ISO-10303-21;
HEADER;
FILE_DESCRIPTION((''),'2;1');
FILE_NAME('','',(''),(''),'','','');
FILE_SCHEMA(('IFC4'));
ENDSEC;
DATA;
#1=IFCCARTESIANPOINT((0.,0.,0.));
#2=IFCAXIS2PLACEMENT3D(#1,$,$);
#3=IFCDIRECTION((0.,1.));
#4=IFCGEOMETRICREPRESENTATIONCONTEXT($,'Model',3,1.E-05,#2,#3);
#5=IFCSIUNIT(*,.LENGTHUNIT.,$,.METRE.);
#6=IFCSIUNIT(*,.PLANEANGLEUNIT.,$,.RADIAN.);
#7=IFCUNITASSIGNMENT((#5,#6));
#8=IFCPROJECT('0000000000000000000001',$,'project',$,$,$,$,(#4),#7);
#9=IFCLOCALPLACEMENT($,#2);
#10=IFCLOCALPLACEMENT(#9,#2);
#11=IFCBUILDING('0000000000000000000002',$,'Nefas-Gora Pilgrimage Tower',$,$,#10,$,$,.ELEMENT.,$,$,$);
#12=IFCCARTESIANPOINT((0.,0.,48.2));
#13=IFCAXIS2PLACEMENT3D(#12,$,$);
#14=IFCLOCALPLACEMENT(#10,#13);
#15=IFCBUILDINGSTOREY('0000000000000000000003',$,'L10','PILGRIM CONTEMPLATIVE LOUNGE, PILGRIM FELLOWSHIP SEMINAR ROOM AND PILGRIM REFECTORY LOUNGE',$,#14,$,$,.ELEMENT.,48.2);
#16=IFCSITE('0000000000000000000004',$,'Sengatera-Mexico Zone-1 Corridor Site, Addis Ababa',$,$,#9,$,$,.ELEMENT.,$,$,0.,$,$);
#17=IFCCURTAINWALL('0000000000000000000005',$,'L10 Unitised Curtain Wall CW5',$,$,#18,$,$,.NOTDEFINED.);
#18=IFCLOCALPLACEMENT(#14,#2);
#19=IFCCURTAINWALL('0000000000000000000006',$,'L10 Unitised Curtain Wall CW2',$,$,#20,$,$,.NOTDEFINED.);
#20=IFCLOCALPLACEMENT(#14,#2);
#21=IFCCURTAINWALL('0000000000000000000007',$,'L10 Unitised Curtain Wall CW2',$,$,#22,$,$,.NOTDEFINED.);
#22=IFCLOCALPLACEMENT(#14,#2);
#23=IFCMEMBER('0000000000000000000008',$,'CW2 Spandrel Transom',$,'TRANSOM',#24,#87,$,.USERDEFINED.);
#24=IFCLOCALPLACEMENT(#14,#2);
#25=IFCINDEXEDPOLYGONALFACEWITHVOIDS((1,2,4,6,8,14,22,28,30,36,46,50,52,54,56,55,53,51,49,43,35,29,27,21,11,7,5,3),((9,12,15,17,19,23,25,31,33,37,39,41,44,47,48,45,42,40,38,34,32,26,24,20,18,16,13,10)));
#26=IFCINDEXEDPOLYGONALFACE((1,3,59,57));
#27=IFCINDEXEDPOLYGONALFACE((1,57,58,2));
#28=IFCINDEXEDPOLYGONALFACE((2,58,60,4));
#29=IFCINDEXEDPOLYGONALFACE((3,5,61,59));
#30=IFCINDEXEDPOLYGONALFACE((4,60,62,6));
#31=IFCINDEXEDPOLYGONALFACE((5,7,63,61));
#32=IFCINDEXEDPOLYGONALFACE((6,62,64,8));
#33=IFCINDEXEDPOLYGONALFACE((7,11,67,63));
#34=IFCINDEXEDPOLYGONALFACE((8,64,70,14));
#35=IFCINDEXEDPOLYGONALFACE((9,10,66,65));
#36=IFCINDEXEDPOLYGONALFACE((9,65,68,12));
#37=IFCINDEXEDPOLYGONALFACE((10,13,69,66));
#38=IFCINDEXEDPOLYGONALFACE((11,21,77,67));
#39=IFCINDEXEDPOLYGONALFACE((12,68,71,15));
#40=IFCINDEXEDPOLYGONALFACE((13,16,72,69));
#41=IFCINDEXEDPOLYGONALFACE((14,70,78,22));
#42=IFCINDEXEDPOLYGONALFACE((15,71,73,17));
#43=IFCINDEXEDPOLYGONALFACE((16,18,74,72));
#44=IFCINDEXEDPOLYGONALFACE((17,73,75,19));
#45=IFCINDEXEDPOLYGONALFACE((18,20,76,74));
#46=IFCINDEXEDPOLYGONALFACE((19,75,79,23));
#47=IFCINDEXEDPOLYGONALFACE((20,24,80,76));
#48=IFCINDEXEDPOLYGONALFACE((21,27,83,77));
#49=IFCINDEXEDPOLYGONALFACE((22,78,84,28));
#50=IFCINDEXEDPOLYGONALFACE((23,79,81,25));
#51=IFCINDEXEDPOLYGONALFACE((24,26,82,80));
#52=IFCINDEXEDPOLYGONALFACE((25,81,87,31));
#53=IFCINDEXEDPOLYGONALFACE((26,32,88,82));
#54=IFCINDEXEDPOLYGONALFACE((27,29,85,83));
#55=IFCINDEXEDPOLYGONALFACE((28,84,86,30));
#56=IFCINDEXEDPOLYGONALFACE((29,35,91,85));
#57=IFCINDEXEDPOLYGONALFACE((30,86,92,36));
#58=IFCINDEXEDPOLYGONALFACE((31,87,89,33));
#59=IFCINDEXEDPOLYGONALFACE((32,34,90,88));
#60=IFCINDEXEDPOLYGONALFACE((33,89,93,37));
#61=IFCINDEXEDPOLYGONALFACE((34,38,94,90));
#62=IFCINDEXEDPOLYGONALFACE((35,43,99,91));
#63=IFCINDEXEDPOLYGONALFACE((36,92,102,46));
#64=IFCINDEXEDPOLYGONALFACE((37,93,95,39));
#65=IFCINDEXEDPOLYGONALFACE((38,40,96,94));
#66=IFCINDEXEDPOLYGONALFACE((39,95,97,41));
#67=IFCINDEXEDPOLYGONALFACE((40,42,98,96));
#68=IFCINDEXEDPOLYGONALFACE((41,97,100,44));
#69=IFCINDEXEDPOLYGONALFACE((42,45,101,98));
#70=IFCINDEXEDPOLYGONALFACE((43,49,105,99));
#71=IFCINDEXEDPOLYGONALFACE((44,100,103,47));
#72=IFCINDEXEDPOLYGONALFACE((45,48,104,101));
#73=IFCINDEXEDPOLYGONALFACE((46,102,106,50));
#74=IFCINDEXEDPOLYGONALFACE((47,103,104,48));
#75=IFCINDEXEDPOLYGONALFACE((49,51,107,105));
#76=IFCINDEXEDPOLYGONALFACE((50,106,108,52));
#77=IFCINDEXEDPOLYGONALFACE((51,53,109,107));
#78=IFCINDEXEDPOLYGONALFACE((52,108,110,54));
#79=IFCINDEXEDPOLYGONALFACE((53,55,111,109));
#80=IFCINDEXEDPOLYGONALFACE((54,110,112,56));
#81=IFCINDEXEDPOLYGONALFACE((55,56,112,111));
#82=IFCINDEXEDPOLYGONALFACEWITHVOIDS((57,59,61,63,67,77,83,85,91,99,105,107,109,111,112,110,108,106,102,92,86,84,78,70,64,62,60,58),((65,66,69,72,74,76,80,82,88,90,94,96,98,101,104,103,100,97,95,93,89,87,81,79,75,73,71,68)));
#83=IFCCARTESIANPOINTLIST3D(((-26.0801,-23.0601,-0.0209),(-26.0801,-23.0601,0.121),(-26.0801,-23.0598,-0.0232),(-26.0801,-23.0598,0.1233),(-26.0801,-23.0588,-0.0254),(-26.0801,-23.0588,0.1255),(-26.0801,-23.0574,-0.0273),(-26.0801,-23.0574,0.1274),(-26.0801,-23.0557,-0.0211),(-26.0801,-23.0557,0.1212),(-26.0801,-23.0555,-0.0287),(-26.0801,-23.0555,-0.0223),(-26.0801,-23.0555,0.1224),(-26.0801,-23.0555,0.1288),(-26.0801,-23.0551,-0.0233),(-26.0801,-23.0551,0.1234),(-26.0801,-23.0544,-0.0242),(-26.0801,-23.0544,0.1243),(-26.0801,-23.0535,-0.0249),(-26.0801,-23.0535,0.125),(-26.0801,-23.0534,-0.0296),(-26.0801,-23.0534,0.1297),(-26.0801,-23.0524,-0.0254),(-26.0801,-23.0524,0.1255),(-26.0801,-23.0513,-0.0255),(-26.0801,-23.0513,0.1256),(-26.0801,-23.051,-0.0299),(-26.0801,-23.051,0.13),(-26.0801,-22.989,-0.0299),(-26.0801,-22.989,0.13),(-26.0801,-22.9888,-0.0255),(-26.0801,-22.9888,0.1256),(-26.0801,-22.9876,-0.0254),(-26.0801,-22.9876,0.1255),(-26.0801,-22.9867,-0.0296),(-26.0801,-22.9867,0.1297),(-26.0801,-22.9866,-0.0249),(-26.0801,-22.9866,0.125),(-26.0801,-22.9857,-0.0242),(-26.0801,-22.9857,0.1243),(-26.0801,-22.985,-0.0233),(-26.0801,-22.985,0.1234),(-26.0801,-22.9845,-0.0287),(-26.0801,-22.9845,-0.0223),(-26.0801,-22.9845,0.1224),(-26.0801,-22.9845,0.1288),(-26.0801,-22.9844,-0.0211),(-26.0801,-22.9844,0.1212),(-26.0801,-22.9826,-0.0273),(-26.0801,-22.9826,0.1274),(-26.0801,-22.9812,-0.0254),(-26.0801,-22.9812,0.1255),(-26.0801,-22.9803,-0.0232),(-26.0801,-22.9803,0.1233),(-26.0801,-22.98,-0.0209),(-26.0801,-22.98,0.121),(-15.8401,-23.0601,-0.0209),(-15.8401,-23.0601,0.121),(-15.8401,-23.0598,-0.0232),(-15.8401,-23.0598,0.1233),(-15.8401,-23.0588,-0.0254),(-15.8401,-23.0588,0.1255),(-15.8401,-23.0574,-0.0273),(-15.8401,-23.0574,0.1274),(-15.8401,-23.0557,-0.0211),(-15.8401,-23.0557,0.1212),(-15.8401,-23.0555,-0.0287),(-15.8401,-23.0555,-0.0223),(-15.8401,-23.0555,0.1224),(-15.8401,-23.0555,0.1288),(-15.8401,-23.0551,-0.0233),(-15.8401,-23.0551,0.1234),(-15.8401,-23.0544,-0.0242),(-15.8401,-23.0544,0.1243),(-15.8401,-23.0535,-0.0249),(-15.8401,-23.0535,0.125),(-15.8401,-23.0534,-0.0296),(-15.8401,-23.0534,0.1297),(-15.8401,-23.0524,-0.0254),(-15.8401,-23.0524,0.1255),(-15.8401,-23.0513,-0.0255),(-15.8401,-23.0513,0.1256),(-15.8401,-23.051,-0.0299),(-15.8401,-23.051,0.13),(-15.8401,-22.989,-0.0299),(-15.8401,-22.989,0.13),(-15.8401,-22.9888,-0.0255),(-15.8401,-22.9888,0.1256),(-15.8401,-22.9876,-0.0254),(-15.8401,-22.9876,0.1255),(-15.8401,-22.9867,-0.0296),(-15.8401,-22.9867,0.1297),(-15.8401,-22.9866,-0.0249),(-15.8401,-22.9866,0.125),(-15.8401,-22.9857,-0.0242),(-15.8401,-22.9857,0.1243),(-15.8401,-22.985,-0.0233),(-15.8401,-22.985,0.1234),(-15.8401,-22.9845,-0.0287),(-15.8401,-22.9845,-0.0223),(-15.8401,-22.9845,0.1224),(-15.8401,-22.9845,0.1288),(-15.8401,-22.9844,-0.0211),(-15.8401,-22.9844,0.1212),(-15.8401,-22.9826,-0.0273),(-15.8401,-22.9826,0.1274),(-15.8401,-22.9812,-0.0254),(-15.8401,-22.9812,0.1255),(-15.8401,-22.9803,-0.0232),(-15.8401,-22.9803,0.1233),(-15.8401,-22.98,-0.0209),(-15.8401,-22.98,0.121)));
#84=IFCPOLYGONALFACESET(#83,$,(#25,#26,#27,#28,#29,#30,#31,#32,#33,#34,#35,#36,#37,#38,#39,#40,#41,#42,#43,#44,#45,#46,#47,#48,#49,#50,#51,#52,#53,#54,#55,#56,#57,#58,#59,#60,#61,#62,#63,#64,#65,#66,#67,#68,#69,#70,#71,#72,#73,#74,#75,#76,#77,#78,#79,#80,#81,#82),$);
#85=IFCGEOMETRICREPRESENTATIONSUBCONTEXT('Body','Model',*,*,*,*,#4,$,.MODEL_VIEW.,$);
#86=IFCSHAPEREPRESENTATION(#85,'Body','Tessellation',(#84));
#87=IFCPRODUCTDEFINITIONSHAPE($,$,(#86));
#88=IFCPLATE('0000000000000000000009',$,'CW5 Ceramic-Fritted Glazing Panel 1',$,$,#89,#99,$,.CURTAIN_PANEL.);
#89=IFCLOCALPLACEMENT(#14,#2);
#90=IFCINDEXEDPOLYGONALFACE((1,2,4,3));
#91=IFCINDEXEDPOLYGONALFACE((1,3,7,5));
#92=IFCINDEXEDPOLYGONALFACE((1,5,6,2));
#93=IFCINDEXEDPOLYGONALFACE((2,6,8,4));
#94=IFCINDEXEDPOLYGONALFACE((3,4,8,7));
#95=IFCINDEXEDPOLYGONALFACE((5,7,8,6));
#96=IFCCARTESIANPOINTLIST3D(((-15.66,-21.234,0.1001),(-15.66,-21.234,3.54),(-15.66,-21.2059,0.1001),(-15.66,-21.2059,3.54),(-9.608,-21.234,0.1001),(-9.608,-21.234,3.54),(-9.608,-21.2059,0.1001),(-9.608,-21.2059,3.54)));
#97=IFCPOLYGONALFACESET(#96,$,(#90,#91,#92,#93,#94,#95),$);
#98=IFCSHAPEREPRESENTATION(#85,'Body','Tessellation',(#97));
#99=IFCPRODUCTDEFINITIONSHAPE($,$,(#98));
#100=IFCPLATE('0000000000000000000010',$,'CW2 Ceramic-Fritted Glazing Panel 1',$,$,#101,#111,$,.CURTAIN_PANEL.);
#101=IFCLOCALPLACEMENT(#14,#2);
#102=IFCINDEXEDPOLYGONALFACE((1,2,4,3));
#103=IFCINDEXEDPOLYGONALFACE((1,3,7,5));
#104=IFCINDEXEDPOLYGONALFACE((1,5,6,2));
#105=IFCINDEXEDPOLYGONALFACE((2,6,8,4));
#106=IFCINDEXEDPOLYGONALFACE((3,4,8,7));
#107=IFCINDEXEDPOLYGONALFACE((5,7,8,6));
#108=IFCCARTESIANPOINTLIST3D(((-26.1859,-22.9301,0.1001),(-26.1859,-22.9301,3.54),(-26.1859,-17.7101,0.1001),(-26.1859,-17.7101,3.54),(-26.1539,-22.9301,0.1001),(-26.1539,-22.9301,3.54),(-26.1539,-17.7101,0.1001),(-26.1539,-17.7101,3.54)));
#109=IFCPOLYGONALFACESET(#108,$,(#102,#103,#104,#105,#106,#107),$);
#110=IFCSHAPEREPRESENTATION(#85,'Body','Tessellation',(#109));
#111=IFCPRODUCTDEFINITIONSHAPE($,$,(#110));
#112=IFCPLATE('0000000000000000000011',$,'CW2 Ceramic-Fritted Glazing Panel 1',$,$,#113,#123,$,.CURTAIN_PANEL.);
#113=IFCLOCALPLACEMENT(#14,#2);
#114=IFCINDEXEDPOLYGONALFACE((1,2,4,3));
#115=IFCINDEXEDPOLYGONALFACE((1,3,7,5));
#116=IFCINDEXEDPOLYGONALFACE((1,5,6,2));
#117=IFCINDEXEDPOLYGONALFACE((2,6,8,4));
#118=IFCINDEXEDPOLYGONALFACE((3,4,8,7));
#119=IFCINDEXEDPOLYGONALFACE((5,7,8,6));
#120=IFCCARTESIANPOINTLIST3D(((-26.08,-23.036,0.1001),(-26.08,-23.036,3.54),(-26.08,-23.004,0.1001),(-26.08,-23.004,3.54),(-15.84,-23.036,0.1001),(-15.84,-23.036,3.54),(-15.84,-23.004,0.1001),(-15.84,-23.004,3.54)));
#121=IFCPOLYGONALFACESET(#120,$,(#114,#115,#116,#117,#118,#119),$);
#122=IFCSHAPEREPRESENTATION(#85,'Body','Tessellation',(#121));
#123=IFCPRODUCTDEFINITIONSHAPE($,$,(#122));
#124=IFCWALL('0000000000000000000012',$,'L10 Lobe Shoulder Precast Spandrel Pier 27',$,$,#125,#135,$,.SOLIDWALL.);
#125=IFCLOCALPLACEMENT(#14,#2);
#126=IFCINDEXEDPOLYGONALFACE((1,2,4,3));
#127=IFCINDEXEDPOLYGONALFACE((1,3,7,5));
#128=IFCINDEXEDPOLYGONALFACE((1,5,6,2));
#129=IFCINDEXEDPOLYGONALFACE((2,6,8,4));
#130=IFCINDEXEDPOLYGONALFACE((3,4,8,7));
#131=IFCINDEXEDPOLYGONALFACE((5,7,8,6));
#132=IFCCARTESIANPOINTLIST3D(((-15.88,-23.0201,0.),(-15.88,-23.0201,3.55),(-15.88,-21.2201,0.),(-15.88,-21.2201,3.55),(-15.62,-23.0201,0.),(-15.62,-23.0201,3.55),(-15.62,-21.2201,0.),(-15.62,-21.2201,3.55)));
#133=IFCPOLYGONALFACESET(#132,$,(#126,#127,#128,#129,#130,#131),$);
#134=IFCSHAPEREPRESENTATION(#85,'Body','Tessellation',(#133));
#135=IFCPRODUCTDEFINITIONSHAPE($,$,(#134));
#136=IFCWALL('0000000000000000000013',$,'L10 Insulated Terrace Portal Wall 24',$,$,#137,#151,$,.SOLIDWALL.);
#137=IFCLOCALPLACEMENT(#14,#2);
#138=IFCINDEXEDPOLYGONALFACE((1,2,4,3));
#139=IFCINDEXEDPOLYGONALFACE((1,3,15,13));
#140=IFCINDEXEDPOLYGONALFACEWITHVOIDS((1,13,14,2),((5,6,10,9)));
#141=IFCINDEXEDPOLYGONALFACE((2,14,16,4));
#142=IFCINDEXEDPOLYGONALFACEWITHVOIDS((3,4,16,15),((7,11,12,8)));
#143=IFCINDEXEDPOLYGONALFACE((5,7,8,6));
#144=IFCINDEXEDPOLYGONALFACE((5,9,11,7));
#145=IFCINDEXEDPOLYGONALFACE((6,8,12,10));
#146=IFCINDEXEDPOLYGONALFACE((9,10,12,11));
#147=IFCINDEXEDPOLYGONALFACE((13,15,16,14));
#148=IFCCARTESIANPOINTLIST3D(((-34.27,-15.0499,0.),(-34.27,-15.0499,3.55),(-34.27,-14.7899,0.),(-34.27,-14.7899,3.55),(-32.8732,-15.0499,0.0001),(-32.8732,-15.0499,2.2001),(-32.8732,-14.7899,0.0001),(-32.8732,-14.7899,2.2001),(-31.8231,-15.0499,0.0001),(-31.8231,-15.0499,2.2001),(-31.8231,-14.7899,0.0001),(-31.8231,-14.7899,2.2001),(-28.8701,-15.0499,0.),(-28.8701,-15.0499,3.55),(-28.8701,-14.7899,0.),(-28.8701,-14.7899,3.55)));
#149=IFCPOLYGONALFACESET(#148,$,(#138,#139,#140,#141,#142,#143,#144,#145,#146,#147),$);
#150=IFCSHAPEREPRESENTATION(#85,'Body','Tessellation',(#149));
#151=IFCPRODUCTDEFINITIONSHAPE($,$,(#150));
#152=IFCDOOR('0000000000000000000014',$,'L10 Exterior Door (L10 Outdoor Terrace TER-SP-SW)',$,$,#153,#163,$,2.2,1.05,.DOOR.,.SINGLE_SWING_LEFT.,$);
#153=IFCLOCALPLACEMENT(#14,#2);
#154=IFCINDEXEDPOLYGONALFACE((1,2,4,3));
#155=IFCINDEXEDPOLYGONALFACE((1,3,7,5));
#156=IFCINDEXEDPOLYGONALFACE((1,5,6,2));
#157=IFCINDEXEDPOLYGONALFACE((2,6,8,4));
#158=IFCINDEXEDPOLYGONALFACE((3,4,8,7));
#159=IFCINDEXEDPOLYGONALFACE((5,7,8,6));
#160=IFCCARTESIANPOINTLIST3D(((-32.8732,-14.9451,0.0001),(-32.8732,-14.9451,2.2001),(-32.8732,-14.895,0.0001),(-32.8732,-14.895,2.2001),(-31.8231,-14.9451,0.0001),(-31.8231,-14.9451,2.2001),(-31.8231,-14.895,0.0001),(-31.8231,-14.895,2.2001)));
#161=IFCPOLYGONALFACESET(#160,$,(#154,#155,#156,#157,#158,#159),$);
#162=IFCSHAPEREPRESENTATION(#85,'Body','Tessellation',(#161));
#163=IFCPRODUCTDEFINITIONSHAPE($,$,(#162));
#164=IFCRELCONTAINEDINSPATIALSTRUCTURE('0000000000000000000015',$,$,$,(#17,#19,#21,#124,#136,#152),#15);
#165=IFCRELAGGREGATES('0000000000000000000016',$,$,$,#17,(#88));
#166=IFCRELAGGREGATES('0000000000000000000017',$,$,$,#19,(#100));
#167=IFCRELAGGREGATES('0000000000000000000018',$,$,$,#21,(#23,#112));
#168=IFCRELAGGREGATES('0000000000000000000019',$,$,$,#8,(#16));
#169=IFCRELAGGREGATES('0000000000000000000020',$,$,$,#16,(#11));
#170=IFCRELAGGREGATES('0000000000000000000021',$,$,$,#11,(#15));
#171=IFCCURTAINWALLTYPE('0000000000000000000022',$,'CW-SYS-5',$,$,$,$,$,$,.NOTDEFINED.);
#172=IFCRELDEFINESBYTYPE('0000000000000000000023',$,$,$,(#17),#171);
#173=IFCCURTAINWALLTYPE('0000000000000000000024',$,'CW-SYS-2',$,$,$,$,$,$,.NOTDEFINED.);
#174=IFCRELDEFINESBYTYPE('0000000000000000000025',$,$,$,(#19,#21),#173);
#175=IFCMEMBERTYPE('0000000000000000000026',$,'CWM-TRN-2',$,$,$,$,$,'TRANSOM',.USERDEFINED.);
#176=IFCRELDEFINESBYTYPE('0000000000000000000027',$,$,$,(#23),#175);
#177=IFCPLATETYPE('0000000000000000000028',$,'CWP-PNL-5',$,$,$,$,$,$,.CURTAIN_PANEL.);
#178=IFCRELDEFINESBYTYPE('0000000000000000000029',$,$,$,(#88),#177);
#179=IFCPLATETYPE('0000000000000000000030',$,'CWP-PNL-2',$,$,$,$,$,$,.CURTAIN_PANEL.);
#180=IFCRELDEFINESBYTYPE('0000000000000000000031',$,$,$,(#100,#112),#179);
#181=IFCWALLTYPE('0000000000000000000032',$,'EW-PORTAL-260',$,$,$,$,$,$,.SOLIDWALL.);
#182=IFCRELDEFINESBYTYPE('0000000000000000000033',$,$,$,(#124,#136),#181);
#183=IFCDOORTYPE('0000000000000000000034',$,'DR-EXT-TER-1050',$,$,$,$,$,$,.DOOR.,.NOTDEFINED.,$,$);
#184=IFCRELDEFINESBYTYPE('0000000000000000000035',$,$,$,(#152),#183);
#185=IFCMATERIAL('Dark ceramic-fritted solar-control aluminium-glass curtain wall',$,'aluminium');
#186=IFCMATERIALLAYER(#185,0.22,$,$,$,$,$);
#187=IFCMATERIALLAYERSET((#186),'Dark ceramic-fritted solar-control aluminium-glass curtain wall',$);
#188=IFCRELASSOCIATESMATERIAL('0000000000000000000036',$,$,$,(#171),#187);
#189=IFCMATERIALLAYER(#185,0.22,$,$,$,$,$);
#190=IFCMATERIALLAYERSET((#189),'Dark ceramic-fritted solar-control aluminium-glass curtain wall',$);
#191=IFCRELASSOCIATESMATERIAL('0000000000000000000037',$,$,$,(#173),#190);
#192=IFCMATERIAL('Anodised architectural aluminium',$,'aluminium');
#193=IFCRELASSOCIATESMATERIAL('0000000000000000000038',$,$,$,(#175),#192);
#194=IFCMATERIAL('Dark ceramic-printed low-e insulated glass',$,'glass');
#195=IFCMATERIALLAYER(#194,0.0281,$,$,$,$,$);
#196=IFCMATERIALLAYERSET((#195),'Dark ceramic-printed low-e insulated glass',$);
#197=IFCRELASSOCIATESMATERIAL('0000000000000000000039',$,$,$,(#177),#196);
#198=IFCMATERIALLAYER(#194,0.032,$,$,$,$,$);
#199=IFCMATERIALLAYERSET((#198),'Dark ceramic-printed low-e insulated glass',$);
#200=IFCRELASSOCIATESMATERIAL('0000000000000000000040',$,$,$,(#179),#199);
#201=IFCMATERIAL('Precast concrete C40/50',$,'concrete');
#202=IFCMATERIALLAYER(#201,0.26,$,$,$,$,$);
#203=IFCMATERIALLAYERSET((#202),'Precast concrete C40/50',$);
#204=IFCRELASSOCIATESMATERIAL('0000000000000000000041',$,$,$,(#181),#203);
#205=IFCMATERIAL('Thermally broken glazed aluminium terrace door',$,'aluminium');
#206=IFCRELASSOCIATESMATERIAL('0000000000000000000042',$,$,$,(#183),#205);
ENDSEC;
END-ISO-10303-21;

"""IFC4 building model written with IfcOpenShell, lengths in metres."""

from ifc_helpers import new_model, si_unit, direction, frame, frame_2d, origin, origin_2d, place, context, subcontext, project, spatial, rectangle, hollow_rectangle, extrude, source, transform, mapped, material, layer, layer_set, material_profile, profile_set, type_object, element, fill, aggregate, save


model = new_model("IFC4")

# Units and contexts
model_context = context("Model", 3, precision=1e-05, world=origin(), true_north=direction((0.0, 1.0)))
body_context = subcontext(model_context, "Body", "Model", "MODEL_VIEW")
ifc_project = project(units=[si_unit("LENGTHUNIT", "METRE"), si_unit("PLANEANGLEUNIT", "RADIAN")], contexts=[model_context])

# Site, building, storey
site_placement = place(None, origin())
site = spatial("IfcSite", under=ifc_project, at=site_placement, Name="Sengatera-Mexico Zone-1 Corridor Site, Addis Ababa", CompositionType="ELEMENT", RefElevation=0.0)
building_placement = place(site_placement, origin())
building = spatial("IfcBuilding", under=site, at=building_placement, Name="Nefas-Gora Pilgrimage Tower", CompositionType="ELEMENT")
storey_placement = place(building_placement, frame((0.0, 0.0, 48.2)))
storey = spatial("IfcBuildingStorey", under=building, at=storey_placement, Name="L10", Description="PILGRIM CONTEMPLATIVE LOUNGE, PILGRIM FELLOWSHIP SEMINAR ROOM AND PILGRIM REFECTORY LOUNGE", CompositionType="ELEMENT", Elevation=48.2)

# Curtain wall
ifc_material_1 = material(Name="Dark ceramic-fritted solar-control aluminium-glass curtain wall", Category="aluminium")
ifc_layer_1 = layer(ifc_material_1, 0.22)
ifc_layer_set_1 = layer_set([ifc_layer_1], Name="Dark ceramic-fritted solar-control aluminium-glass curtain wall")
curtain_wall_type_1 = type_object("IfcCurtainWallType", Name="CW-SYS-5", PredefinedType="NOTDEFINED", material=ifc_layer_set_1)
curtain_wall_1_placement = place(storey_placement, origin())
curtain_wall_1 = element("IfcCurtainWall", 1, at=curtain_wall_1_placement, inside=storey, type_object=curtain_wall_type_1, Name="L10 Unitised Curtain Wall CW5", PredefinedType="NOTDEFINED")
ifc_material_2 = material(Name="Anodised architectural aluminium", Category="aluminium")

# Shared definitions
ifc_layer_2 = layer(ifc_material_1, 0.22)
ifc_layer_set_2 = layer_set([ifc_layer_2], Name="Dark ceramic-fritted solar-control aluminium-glass curtain wall")
curtain_wall_type_2 = type_object("IfcCurtainWallType", Name="CW-SYS-2", PredefinedType="NOTDEFINED", material=ifc_layer_set_2)

# Curtain walls
curtain_wall_2_placement = place(storey_placement, origin())
curtain_wall_2 = element("IfcCurtainWall", 2, at=curtain_wall_2_placement, inside=storey, type_object=curtain_wall_type_2, Name="L10 Unitised Curtain Wall CW2", PredefinedType="NOTDEFINED")
curtain_wall_3_placement = place(storey_placement, origin())
curtain_wall_3 = element("IfcCurtainWall", 3, at=curtain_wall_3_placement, inside=storey, type_object=curtain_wall_type_2, Name="L10 Unitised Curtain Wall CW2", PredefinedType="NOTDEFINED")

# Member
ifc_material_profile_1 = material_profile(ifc_material_2, hollow_rectangle(XDim=0.0801, YDim=0.1599, WallThickness=0.0044, InnerFilletRadius=0.0044, OuterFilletRadius=0.009, at=origin_2d()), Name="ALU TRANSOM 80x160")
ifc_profile_set_1 = profile_set([ifc_material_profile_1], Name="Anodised architectural aluminium")
member_type_1 = type_object("IfcMemberType", Name="CWM-TRN-2", ElementType="TRANSOM", PredefinedType="USERDEFINED", material=ifc_profile_set_1)
shared_shape_1 = source(origin(), body_context, "Body", "SweptSolid", [
    extrude(hollow_rectangle(XDim=0.0801, YDim=0.1599, WallThickness=0.0044, InnerFilletRadius=0.0044, OuterFilletRadius=0.009, at=origin_2d()), origin(), (0.0, 0.0, 1.0), 10.24),
])
member_1_placement = place(storey_placement, frame((-26.0801, -23.02, 0.05), z_axis=(1.0, 0.0, 0.0), x_axis=(0.0, 1.0, 0.0)))
member_1 = element("IfcMember", 4, at=member_1_placement, type_object=member_type_1, Name="CW2 Spandrel Transom", ObjectType="TRANSOM", PredefinedType="USERDEFINED", context=body_context, shape_type="MappedRepresentation", body=[
    mapped(shared_shape_1, transform((0.0, 0.0, 0.0), x_axis=(1.0, 0.0, 0.0), y_axis=(0.0, 1.0, 0.0), z_axis=(0.0, 0.0, 1.0), scale=1.0)),
])

# Plates
ifc_material_3 = material(Name="Dark ceramic-printed low-e insulated glass", Category="glass")
ifc_layer_3 = layer(ifc_material_3, 0.0281)
ifc_layer_set_3 = layer_set([ifc_layer_3], Name="Dark ceramic-printed low-e insulated glass")
plate_type_1 = type_object("IfcPlateType", Name="CWP-PNL-5", PredefinedType="CURTAIN_PANEL", material=ifc_layer_set_3)
shared_shape_2 = source(origin(), body_context, "Body", "SweptSolid", [
    extrude(rectangle(XDim=6.052, YDim=0.0281, at=origin_2d()), origin(), (0.0, 0.0, 1.0), 3.4399),
])
plate_1_placement = place(storey_placement, frame((-12.634, -21.22, 0.1001), z_axis=(0.0, 0.0, 1.0), x_axis=(1.0, 0.0, 0.0)))
plate_1 = element("IfcPlate", 5, at=plate_1_placement, type_object=plate_type_1, Name="CW5 Ceramic-Fritted Glazing Panel 1", PredefinedType="CURTAIN_PANEL", context=body_context, shape_type="MappedRepresentation", body=[
    mapped(shared_shape_2, transform((0.0, 0.0, 0.0), x_axis=(1.0, 0.0, 0.0), y_axis=(0.0, 1.0, 0.0), z_axis=(0.0, 0.0, 1.0), scale=1.0)),
])
aggregate(curtain_wall_1, [plate_1])
ifc_layer_4 = layer(ifc_material_3, 0.032)
ifc_layer_set_4 = layer_set([ifc_layer_4], Name="Dark ceramic-printed low-e insulated glass")
plate_type_2 = type_object("IfcPlateType", Name="CWP-PNL-2", PredefinedType="CURTAIN_PANEL", material=ifc_layer_set_4)
shared_shape_3 = source(origin(), body_context, "Body", "SweptSolid", [
    extrude(rectangle(XDim=5.22, YDim=0.032, at=origin_2d()), origin(), (0.0, 0.0, 1.0), 3.4399),
])
plate_2_placement = place(storey_placement, frame((-26.1699, -20.3201, 0.1001), z_axis=(0.0, 0.0, 1.0), x_axis=(0.0, -1.0, 0.0)))
plate_2 = element("IfcPlate", 6, at=plate_2_placement, type_object=plate_type_2, Name="CW2 Ceramic-Fritted Glazing Panel 1", PredefinedType="CURTAIN_PANEL", context=body_context, shape_type="MappedRepresentation", body=[
    mapped(shared_shape_3, transform((0.0, 0.0, 0.0), x_axis=(1.0, 0.0, 0.0), y_axis=(0.0, 1.0, 0.0), z_axis=(0.0, 0.0, 1.0), scale=1.0)),
])
aggregate(curtain_wall_2, [plate_2])
shared_shape_4 = source(origin(), body_context, "Body", "SweptSolid", [
    extrude(rectangle(XDim=10.24, YDim=0.032, at=origin_2d()), origin(), (0.0, 0.0, 1.0), 3.4399),
])
plate_3_placement = place(storey_placement, frame((-20.96, -23.02, 0.1001), z_axis=(0.0, 0.0, 1.0), x_axis=(1.0, 0.0, 0.0)))
plate_3 = element("IfcPlate", 7, at=plate_3_placement, type_object=plate_type_2, Name="CW2 Ceramic-Fritted Glazing Panel 1", PredefinedType="CURTAIN_PANEL", context=body_context, shape_type="MappedRepresentation", body=[
    mapped(shared_shape_4, transform((0.0, 0.0, 0.0), x_axis=(1.0, 0.0, 0.0), y_axis=(0.0, 1.0, 0.0), z_axis=(0.0, 0.0, 1.0), scale=1.0)),
])
aggregate(curtain_wall_3, [member_1, plate_3])

# Wall
ifc_material_4 = material(Name="Precast concrete C40/50", Category="concrete")
ifc_layer_5 = layer(ifc_material_4, 0.26)
ifc_layer_set_5 = layer_set([ifc_layer_5], Name="Precast concrete C40/50")
wall_type_1 = type_object("IfcWallType", Name="EW-PORTAL-260", PredefinedType="SOLIDWALL", material=ifc_layer_set_5)
shared_shape_5 = source(origin(), body_context, "Body", "SweptSolid", [
    extrude(rectangle(XDim=1.8, YDim=0.26, at=frame_2d((0.8999, 0.0))), origin(), (0.0, 0.0, 1.0), 3.55),
])
wall_1_placement = place(storey_placement, frame((-15.75, -23.02, 0.0), z_axis=(0.0, 0.0, 1.0), x_axis=(0.0, 1.0, 0.0)))
element("IfcWall", 8, at=wall_1_placement, inside=storey, type_object=wall_type_1, Name="L10 Lobe Shoulder Precast Spandrel Pier 27", PredefinedType="SOLIDWALL", context=body_context, shape_type="MappedRepresentation", body=[
    mapped(shared_shape_5, transform((0.0, 0.0, 0.0), x_axis=(1.0, 0.0, 0.0), y_axis=(0.0, 1.0, 0.0), z_axis=(0.0, 0.0, 1.0), scale=1.0)),
])

# Wall, opening, door
shared_shape_6 = source(origin(), body_context, "Body", "SweptSolid", [
    extrude(rectangle(XDim=5.3999, YDim=0.26, at=frame_2d((2.7, 0.0))), origin(), (0.0, 0.0, 1.0), 3.55),
])
wall_2_placement = place(storey_placement, frame((-34.27, -14.9199, 0.0), z_axis=(0.0, 0.0, 1.0), x_axis=(1.0, 0.0, 0.0)))
wall_2 = element("IfcWall", 9, at=wall_2_placement, inside=storey, type_object=wall_type_1, Name="L10 Insulated Terrace Portal Wall 24", PredefinedType="SOLIDWALL", context=body_context, shape_type="MappedRepresentation", body=[
    mapped(shared_shape_6, transform((0.0, 0.0, 0.0), x_axis=(1.0, 0.0, 0.0), y_axis=(0.0, 1.0, 0.0), z_axis=(0.0, 0.0, 1.0), scale=1.0)),
])
opening_1_placement = place(wall_2_placement, frame((1.397, 0.0, 0.0)))
opening_1 = element("IfcOpeningElement", 10, at=opening_1_placement, cuts=wall_2, PredefinedType="OPENING", context=body_context, shape_type="SweptSolid", body=[
    extrude(rectangle(XDim=1.05, YDim=2.2, at=frame_2d((0.5249, 1.1001))), frame((0.0, 0.1399, 0.0), z_axis=(0.0, -1.0, 0.0), x_axis=(1.0, 0.0, 0.0)), (0.0, 0.0, 1.0), 0.28),
])
ifc_material_5 = material(Name="Thermally broken glazed aluminium terrace door", Category="aluminium")
door_type_1 = type_object("IfcDoorType", Name="DR-EXT-TER-1050", OperationType="NOTDEFINED", PredefinedType="DOOR", material=ifc_material_5)
shared_shape_7 = source(origin(), body_context, "Body", "SweptSolid", [
    extrude(rectangle(XDim=1.05, YDim=2.2, at=frame_2d((0.5249, 1.1001))), frame((0.0, 0.0249, 0.0), z_axis=(0.0, -1.0, 0.0), x_axis=(1.0, 0.0, 0.0)), (0.0, 0.0, 1.0), 0.05),
])
door_1_placement = place(opening_1_placement, origin())
door_1 = element("IfcDoor", 11, at=door_1_placement, inside=storey, type_object=door_type_1, Name="L10 Exterior Door (L10 Outdoor Terrace TER-SP-SW)", OperationType="SINGLE_SWING_LEFT", OverallHeight=2.2, OverallWidth=1.05, PredefinedType="DOOR", context=body_context, shape_type="MappedRepresentation", body=[
    mapped(shared_shape_7, transform((0.0, 0.0, 0.0), x_axis=(1.0, 0.0, 0.0), y_axis=(0.0, 1.0, 0.0), z_axis=(0.0, 0.0, 1.0), scale=1.0)),
])
fill(opening_1, door_1)

save(model, "model.ifc")
